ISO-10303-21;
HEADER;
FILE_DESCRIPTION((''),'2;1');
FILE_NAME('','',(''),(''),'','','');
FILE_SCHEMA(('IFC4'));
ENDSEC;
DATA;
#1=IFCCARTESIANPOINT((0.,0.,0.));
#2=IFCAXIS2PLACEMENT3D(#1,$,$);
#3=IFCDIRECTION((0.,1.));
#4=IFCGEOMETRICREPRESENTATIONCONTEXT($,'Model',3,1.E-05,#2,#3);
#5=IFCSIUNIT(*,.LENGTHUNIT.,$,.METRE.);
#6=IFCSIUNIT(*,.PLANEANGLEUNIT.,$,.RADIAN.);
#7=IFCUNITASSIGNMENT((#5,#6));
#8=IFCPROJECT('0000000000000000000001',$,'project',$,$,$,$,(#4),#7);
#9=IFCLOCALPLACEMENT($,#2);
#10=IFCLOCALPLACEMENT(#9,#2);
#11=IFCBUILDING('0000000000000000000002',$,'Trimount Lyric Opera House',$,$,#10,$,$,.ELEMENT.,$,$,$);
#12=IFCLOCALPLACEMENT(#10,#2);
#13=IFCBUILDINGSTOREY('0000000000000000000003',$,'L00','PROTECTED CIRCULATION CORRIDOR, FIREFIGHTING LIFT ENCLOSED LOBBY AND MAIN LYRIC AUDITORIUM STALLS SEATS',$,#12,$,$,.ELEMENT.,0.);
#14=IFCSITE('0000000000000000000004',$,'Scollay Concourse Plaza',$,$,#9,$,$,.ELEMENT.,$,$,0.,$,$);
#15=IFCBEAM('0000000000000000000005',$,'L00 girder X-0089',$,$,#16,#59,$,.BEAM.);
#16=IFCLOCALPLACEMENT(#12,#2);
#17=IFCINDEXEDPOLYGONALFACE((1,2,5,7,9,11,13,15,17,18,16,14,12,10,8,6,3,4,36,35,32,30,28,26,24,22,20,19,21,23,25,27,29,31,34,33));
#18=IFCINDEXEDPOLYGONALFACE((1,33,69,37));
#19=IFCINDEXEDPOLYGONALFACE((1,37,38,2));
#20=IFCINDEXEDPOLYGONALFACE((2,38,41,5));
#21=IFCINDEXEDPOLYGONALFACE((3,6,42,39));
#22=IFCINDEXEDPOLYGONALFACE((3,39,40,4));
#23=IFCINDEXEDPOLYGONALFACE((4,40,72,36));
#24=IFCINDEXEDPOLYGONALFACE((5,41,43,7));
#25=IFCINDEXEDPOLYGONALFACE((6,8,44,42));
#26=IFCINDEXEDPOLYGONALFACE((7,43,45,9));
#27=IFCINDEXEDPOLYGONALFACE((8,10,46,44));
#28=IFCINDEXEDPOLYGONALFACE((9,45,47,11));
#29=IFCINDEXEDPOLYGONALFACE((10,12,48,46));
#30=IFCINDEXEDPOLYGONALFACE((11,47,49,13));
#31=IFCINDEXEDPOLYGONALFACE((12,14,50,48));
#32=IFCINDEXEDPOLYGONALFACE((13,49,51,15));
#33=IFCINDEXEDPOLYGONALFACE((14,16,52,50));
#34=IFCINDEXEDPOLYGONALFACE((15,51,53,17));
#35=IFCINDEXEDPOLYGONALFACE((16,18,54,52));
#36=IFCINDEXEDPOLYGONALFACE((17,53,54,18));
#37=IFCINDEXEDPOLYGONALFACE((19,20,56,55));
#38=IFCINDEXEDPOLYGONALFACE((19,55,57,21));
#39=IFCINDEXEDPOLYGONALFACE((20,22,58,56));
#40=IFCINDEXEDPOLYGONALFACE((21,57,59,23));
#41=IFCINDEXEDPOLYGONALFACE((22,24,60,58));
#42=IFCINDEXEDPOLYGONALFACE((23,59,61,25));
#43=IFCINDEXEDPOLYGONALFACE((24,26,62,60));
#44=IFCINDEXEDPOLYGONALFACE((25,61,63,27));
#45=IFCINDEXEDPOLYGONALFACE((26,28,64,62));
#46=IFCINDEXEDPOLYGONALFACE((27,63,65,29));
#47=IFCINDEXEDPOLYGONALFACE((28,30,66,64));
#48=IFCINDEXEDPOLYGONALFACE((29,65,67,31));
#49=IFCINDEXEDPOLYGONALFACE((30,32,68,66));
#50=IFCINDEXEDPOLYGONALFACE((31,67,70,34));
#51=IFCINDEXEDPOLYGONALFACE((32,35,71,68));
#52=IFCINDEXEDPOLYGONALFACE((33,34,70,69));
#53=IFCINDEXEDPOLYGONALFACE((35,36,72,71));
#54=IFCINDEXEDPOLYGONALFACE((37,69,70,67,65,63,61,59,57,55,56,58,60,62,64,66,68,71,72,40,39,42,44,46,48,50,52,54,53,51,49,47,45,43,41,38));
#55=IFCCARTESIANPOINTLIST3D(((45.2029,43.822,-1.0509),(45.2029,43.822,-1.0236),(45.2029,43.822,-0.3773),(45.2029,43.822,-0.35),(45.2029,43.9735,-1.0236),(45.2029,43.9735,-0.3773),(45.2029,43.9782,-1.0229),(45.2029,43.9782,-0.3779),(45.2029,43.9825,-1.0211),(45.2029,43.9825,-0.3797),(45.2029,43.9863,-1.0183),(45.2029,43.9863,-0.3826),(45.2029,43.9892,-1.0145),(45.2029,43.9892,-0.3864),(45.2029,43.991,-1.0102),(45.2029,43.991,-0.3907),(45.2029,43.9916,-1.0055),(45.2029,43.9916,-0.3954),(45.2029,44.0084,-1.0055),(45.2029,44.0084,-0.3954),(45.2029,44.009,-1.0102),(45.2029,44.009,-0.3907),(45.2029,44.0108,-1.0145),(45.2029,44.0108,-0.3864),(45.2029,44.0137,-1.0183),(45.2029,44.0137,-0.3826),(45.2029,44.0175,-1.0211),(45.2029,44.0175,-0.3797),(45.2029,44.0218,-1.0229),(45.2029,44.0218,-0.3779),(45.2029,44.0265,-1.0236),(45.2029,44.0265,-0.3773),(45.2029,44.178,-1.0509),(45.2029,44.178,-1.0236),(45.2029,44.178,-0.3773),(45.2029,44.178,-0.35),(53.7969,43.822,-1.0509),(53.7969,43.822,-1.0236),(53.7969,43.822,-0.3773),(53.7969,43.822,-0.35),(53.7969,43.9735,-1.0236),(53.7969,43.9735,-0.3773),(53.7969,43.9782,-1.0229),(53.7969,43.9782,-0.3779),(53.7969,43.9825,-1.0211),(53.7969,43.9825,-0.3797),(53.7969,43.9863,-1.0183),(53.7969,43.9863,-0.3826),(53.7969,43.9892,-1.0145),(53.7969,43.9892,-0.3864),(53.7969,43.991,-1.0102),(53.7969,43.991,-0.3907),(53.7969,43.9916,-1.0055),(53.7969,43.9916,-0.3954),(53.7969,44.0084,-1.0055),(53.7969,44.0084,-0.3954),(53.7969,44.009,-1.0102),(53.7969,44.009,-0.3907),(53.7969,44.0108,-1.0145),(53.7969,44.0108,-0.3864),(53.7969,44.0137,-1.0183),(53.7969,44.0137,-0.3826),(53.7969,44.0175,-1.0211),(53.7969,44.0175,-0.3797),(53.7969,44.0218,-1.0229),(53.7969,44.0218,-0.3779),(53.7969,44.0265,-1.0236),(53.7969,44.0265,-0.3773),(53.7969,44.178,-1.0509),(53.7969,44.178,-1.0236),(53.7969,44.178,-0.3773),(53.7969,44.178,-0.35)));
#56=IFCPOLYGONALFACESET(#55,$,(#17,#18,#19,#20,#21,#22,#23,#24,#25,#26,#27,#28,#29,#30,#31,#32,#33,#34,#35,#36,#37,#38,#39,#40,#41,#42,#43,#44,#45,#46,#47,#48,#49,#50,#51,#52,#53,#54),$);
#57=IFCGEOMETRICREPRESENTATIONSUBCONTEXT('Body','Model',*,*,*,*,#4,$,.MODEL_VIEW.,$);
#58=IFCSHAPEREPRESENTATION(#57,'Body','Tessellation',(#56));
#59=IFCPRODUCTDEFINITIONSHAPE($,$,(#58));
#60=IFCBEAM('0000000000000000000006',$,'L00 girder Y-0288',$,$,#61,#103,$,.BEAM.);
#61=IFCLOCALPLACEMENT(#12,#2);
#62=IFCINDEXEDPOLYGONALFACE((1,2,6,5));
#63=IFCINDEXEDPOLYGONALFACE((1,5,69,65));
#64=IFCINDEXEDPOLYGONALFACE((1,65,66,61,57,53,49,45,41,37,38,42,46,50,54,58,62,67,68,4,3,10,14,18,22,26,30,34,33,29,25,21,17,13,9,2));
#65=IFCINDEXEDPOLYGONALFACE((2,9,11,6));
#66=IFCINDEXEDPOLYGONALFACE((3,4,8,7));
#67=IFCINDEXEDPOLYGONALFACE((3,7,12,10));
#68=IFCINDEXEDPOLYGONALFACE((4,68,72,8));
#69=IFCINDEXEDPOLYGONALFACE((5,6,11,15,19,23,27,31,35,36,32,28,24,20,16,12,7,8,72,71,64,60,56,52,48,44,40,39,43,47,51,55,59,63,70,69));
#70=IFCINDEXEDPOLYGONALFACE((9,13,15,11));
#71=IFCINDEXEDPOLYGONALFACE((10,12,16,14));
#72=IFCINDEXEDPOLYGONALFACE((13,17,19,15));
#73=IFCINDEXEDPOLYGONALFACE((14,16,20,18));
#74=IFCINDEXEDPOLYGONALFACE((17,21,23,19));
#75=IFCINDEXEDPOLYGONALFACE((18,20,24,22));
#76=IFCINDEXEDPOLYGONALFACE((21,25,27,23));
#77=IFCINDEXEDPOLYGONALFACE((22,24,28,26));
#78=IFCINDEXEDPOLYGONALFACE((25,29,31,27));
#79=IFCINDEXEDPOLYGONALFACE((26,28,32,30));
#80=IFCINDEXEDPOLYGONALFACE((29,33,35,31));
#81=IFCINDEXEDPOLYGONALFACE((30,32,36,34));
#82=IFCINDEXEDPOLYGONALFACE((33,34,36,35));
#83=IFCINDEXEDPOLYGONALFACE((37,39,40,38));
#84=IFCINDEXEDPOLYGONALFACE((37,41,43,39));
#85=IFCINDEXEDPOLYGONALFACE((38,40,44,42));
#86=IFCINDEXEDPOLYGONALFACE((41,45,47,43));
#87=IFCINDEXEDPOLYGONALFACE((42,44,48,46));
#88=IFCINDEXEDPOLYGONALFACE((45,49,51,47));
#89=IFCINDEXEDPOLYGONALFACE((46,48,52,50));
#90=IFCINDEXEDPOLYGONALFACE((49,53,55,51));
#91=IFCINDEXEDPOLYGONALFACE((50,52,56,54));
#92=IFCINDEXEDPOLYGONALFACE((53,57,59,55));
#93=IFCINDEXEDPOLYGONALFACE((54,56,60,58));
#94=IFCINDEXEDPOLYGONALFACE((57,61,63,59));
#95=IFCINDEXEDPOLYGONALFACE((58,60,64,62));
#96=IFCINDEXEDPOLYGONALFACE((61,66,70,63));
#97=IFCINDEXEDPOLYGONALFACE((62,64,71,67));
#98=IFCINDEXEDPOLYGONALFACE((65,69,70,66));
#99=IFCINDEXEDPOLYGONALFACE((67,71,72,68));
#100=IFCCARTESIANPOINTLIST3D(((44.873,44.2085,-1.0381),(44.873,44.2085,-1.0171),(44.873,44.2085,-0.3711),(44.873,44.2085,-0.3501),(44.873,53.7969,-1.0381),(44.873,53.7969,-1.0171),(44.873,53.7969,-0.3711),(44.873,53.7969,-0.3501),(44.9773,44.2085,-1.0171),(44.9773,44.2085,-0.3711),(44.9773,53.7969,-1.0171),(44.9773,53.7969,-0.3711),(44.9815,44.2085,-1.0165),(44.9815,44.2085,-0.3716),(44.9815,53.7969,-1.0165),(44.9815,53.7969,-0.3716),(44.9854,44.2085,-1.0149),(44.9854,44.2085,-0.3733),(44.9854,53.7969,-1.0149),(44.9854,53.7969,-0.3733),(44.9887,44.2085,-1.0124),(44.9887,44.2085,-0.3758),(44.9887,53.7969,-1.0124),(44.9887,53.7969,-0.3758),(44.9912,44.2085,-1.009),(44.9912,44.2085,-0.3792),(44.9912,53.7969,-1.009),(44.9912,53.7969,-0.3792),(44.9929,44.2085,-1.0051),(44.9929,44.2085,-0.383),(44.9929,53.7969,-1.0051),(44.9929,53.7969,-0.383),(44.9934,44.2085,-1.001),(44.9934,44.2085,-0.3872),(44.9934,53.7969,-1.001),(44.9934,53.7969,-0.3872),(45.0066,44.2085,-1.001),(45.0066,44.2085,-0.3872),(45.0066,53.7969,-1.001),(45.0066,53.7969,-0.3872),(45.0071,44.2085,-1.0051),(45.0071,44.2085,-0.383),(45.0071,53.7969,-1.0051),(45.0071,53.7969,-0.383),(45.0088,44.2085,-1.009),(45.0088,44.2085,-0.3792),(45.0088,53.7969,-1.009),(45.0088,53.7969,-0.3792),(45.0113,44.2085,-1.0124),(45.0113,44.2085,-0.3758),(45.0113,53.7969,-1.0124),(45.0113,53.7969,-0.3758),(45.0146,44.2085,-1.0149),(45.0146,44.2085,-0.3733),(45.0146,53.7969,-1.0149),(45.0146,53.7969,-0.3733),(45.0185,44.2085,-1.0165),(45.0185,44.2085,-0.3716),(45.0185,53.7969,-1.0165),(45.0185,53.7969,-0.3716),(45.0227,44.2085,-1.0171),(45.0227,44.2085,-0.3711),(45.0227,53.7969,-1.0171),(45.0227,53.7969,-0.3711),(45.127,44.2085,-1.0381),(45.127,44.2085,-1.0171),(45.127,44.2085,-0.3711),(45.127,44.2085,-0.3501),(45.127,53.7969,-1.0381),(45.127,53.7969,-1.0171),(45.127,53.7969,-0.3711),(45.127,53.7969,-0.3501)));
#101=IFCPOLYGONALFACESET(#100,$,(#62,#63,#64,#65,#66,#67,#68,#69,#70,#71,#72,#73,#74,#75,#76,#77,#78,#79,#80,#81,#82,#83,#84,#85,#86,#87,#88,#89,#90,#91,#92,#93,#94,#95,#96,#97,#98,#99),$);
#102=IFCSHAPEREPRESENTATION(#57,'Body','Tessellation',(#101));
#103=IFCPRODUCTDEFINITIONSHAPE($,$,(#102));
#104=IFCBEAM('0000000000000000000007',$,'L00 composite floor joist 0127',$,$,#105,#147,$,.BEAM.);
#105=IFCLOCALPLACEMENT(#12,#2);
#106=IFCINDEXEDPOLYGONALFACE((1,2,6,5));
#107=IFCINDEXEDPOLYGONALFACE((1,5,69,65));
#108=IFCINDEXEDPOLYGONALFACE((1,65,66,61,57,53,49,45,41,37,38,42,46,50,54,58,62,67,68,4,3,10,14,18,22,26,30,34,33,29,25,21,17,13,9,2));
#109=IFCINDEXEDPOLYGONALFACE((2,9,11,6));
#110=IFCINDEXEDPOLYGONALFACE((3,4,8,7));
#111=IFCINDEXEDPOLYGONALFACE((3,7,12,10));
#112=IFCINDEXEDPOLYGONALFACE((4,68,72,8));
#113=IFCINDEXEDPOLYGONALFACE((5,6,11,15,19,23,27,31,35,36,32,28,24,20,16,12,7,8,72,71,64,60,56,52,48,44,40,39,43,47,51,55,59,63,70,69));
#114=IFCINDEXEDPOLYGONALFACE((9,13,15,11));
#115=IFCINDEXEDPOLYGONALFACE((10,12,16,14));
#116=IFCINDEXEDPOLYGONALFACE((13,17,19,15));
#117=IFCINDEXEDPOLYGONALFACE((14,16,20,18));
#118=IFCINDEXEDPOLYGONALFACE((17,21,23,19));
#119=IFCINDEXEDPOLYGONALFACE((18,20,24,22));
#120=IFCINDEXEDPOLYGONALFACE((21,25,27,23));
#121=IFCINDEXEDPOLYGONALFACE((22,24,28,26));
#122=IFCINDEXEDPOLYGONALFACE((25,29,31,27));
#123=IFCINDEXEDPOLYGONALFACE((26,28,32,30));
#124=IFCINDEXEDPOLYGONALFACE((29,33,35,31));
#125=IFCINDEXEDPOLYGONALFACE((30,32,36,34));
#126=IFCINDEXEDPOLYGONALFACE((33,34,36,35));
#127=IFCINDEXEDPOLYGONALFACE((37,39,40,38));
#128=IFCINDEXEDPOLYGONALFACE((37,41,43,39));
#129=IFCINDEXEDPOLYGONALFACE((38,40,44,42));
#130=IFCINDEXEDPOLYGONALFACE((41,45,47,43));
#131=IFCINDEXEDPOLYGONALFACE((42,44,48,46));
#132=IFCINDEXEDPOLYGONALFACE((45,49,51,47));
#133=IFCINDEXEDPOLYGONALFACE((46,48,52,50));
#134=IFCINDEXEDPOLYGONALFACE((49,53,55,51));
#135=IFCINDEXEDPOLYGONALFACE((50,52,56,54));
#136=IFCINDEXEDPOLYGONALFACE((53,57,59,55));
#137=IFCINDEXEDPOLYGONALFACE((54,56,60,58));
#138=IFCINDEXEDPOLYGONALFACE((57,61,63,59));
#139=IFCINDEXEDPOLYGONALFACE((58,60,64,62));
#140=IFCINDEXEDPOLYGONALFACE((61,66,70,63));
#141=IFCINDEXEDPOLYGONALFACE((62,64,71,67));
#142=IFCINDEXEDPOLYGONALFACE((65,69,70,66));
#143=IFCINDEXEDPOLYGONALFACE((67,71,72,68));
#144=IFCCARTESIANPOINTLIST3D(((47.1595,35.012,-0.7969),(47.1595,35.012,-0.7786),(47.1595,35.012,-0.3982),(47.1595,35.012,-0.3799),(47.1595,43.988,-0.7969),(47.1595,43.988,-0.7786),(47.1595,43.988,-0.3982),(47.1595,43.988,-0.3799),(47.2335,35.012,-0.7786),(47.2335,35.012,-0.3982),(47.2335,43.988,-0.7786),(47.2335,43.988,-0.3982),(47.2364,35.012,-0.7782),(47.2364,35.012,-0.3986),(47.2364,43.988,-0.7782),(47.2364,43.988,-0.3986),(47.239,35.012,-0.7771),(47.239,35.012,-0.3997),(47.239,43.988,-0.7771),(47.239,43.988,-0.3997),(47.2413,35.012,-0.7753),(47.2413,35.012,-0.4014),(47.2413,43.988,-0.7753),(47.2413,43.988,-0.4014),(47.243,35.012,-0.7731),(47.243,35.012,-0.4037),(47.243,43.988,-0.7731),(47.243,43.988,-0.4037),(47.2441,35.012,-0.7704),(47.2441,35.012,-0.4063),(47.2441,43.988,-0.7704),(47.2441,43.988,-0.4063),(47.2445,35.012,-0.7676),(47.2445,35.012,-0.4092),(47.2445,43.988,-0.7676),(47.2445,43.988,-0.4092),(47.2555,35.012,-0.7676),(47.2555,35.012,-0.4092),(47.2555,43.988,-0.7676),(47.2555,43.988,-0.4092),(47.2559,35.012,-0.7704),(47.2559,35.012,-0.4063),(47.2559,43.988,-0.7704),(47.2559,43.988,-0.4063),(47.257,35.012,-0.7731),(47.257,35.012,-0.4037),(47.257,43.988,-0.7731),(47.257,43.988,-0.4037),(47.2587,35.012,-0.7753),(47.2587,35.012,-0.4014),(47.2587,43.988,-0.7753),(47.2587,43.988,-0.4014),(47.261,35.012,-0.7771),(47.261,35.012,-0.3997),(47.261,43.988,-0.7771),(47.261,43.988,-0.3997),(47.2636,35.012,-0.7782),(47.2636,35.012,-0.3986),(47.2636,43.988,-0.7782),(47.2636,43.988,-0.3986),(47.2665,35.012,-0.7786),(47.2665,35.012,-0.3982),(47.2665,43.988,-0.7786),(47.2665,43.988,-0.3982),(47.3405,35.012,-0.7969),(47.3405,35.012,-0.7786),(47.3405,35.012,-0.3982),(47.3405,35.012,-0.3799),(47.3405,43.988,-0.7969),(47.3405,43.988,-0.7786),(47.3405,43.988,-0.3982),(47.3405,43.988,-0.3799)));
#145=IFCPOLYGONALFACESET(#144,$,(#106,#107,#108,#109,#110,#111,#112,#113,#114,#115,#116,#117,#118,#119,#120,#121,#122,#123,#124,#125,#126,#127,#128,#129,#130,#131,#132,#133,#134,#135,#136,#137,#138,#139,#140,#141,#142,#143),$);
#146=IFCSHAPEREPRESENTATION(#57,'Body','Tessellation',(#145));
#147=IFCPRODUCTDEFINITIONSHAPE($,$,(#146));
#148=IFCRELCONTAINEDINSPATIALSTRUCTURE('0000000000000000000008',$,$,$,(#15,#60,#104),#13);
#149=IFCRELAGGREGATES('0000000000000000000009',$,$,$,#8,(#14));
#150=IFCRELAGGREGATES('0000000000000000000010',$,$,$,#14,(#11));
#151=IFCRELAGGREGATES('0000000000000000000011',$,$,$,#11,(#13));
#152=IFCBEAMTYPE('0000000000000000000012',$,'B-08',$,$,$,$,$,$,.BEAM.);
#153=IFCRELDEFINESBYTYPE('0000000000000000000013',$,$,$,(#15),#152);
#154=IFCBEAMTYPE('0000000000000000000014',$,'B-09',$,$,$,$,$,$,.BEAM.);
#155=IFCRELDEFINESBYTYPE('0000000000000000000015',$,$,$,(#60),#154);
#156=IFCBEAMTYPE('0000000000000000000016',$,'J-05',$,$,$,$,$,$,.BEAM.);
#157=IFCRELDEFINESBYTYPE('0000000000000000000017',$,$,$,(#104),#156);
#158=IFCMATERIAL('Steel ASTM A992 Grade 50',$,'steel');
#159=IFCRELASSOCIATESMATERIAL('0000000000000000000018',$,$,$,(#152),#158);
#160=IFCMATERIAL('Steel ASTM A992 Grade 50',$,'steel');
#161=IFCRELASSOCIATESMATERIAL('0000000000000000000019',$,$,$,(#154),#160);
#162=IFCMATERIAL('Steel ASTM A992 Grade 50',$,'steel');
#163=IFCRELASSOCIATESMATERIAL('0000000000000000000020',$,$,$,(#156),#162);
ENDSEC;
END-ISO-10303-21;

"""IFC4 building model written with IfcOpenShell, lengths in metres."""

from ifc_helpers import new_model, si_unit, direction, frame, origin, origin_2d, place, context, subcontext, project, spatial, i_section, extrude, material, material_profile, profile_set, type_object, element, save


model = new_model("IFC4")

# Units and contexts
model_context = context("Model", 3, precision=1e-05, world=origin(), true_north=direction((0.0, 1.0)))
body_context = subcontext(model_context, "Body", "Model", "MODEL_VIEW")
ifc_project = project(units=[si_unit("LENGTHUNIT", "METRE"), si_unit("PLANEANGLEUNIT", "RADIAN")], contexts=[model_context])

# Site, building, storey
site_placement = place(None, origin())
site = spatial("IfcSite", under=ifc_project, at=site_placement, Name="Scollay Concourse Plaza", CompositionType="ELEMENT", RefElevation=0.0)
building_placement = place(site_placement, origin())
building = spatial("IfcBuilding", under=site, at=building_placement, Name="Trimount Lyric Opera House", CompositionType="ELEMENT")
storey_placement = place(building_placement, origin())
storey = spatial("IfcBuildingStorey", under=building, at=storey_placement, Name="L00", Description="PROTECTED CIRCULATION CORRIDOR, FIREFIGHTING LIFT ENCLOSED LOBBY AND MAIN LYRIC AUDITORIUM STALLS SEATS", CompositionType="ELEMENT", Elevation=0.0)

# Beams
ifc_material_1 = material(Name="Steel ASTM A992 Grade 50", Category="steel")
ifc_material_profile_1 = material_profile(ifc_material_1, i_section(OverallWidth=0.356, OverallDepth=0.7009, WebThickness=0.0168, FlangeThickness=0.0273, FilletRadius=0.0181, at=origin_2d()), Name="W27X161")
ifc_profile_set_1 = profile_set([ifc_material_profile_1], Name="Steel ASTM A992 Grade 50")
beam_type_1 = type_object("IfcBeamType", Name="B-08", PredefinedType="BEAM", material=ifc_profile_set_1)
beam_1_placement = place(storey_placement, frame((45.2029, 44.0, -0.7004), z_axis=(1.0, 0.0, 0.0), x_axis=(0.0, 1.0, 0.0)))
element("IfcBeam", 1, at=beam_1_placement, inside=storey, type_object=beam_type_1, Name="L00 girder X-0089", PredefinedType="BEAM", context=body_context, shape_type="SweptSolid", body=[
    extrude(i_section(OverallWidth=0.356, OverallDepth=0.7009, WebThickness=0.0168, FlangeThickness=0.0273, FilletRadius=0.0181, at=origin_2d()), origin(), (0.0, 0.0, 1.0), 8.594),
])
ifc_material_2 = material(Name="Steel ASTM A992 Grade 50", Category="steel")
ifc_material_profile_2 = material_profile(ifc_material_2, i_section(OverallWidth=0.2539, OverallDepth=0.688, WebThickness=0.0132, FlangeThickness=0.021, FilletRadius=0.0161, at=origin_2d()), Name="W27X102")
ifc_profile_set_2 = profile_set([ifc_material_profile_2], Name="Steel ASTM A992 Grade 50")
beam_type_2 = type_object("IfcBeamType", Name="B-09", PredefinedType="BEAM", material=ifc_profile_set_2)
beam_2_placement = place(storey_placement, frame((45.0, 44.2085, -0.6941), z_axis=(0.0, 1.0, 0.0), x_axis=(-1.0, 0.0, 0.0)))
element("IfcBeam", 2, at=beam_2_placement, inside=storey, type_object=beam_type_2, Name="L00 girder Y-0288", PredefinedType="BEAM", context=body_context, shape_type="SweptSolid", body=[
    extrude(i_section(OverallWidth=0.2539, OverallDepth=0.688, WebThickness=0.0132, FlangeThickness=0.021, FilletRadius=0.0161, at=origin_2d()), origin(), (0.0, 0.0, 1.0), 9.5884),
])
ifc_material_3 = material(Name="Steel ASTM A992 Grade 50", Category="steel")
ifc_material_profile_3 = material_profile(ifc_material_3, i_section(OverallWidth=0.1809, OverallDepth=0.417, WebThickness=0.011, FlangeThickness=0.0183, FilletRadius=0.011, at=origin_2d()), Name="W16X57")
ifc_profile_set_3 = profile_set([ifc_material_profile_3], Name="Steel ASTM A992 Grade 50")
beam_type_3 = type_object("IfcBeamType", Name="J-05", PredefinedType="BEAM", material=ifc_profile_set_3)
beam_3_placement = place(storey_placement, frame((47.25, 35.012, -0.5884), z_axis=(0.0, 1.0, 0.0), x_axis=(-1.0, 0.0, 0.0)))
element("IfcBeam", 3, at=beam_3_placement, inside=storey, type_object=beam_type_3, Name="L00 composite floor joist 0127", PredefinedType="BEAM", context=body_context, shape_type="SweptSolid", body=[
    extrude(i_section(OverallWidth=0.1809, OverallDepth=0.417, WebThickness=0.011, FlangeThickness=0.0183, FilletRadius=0.011, at=origin_2d()), origin(), (0.0, 0.0, 1.0), 8.9761),
])

save(model, "model.ifc")
